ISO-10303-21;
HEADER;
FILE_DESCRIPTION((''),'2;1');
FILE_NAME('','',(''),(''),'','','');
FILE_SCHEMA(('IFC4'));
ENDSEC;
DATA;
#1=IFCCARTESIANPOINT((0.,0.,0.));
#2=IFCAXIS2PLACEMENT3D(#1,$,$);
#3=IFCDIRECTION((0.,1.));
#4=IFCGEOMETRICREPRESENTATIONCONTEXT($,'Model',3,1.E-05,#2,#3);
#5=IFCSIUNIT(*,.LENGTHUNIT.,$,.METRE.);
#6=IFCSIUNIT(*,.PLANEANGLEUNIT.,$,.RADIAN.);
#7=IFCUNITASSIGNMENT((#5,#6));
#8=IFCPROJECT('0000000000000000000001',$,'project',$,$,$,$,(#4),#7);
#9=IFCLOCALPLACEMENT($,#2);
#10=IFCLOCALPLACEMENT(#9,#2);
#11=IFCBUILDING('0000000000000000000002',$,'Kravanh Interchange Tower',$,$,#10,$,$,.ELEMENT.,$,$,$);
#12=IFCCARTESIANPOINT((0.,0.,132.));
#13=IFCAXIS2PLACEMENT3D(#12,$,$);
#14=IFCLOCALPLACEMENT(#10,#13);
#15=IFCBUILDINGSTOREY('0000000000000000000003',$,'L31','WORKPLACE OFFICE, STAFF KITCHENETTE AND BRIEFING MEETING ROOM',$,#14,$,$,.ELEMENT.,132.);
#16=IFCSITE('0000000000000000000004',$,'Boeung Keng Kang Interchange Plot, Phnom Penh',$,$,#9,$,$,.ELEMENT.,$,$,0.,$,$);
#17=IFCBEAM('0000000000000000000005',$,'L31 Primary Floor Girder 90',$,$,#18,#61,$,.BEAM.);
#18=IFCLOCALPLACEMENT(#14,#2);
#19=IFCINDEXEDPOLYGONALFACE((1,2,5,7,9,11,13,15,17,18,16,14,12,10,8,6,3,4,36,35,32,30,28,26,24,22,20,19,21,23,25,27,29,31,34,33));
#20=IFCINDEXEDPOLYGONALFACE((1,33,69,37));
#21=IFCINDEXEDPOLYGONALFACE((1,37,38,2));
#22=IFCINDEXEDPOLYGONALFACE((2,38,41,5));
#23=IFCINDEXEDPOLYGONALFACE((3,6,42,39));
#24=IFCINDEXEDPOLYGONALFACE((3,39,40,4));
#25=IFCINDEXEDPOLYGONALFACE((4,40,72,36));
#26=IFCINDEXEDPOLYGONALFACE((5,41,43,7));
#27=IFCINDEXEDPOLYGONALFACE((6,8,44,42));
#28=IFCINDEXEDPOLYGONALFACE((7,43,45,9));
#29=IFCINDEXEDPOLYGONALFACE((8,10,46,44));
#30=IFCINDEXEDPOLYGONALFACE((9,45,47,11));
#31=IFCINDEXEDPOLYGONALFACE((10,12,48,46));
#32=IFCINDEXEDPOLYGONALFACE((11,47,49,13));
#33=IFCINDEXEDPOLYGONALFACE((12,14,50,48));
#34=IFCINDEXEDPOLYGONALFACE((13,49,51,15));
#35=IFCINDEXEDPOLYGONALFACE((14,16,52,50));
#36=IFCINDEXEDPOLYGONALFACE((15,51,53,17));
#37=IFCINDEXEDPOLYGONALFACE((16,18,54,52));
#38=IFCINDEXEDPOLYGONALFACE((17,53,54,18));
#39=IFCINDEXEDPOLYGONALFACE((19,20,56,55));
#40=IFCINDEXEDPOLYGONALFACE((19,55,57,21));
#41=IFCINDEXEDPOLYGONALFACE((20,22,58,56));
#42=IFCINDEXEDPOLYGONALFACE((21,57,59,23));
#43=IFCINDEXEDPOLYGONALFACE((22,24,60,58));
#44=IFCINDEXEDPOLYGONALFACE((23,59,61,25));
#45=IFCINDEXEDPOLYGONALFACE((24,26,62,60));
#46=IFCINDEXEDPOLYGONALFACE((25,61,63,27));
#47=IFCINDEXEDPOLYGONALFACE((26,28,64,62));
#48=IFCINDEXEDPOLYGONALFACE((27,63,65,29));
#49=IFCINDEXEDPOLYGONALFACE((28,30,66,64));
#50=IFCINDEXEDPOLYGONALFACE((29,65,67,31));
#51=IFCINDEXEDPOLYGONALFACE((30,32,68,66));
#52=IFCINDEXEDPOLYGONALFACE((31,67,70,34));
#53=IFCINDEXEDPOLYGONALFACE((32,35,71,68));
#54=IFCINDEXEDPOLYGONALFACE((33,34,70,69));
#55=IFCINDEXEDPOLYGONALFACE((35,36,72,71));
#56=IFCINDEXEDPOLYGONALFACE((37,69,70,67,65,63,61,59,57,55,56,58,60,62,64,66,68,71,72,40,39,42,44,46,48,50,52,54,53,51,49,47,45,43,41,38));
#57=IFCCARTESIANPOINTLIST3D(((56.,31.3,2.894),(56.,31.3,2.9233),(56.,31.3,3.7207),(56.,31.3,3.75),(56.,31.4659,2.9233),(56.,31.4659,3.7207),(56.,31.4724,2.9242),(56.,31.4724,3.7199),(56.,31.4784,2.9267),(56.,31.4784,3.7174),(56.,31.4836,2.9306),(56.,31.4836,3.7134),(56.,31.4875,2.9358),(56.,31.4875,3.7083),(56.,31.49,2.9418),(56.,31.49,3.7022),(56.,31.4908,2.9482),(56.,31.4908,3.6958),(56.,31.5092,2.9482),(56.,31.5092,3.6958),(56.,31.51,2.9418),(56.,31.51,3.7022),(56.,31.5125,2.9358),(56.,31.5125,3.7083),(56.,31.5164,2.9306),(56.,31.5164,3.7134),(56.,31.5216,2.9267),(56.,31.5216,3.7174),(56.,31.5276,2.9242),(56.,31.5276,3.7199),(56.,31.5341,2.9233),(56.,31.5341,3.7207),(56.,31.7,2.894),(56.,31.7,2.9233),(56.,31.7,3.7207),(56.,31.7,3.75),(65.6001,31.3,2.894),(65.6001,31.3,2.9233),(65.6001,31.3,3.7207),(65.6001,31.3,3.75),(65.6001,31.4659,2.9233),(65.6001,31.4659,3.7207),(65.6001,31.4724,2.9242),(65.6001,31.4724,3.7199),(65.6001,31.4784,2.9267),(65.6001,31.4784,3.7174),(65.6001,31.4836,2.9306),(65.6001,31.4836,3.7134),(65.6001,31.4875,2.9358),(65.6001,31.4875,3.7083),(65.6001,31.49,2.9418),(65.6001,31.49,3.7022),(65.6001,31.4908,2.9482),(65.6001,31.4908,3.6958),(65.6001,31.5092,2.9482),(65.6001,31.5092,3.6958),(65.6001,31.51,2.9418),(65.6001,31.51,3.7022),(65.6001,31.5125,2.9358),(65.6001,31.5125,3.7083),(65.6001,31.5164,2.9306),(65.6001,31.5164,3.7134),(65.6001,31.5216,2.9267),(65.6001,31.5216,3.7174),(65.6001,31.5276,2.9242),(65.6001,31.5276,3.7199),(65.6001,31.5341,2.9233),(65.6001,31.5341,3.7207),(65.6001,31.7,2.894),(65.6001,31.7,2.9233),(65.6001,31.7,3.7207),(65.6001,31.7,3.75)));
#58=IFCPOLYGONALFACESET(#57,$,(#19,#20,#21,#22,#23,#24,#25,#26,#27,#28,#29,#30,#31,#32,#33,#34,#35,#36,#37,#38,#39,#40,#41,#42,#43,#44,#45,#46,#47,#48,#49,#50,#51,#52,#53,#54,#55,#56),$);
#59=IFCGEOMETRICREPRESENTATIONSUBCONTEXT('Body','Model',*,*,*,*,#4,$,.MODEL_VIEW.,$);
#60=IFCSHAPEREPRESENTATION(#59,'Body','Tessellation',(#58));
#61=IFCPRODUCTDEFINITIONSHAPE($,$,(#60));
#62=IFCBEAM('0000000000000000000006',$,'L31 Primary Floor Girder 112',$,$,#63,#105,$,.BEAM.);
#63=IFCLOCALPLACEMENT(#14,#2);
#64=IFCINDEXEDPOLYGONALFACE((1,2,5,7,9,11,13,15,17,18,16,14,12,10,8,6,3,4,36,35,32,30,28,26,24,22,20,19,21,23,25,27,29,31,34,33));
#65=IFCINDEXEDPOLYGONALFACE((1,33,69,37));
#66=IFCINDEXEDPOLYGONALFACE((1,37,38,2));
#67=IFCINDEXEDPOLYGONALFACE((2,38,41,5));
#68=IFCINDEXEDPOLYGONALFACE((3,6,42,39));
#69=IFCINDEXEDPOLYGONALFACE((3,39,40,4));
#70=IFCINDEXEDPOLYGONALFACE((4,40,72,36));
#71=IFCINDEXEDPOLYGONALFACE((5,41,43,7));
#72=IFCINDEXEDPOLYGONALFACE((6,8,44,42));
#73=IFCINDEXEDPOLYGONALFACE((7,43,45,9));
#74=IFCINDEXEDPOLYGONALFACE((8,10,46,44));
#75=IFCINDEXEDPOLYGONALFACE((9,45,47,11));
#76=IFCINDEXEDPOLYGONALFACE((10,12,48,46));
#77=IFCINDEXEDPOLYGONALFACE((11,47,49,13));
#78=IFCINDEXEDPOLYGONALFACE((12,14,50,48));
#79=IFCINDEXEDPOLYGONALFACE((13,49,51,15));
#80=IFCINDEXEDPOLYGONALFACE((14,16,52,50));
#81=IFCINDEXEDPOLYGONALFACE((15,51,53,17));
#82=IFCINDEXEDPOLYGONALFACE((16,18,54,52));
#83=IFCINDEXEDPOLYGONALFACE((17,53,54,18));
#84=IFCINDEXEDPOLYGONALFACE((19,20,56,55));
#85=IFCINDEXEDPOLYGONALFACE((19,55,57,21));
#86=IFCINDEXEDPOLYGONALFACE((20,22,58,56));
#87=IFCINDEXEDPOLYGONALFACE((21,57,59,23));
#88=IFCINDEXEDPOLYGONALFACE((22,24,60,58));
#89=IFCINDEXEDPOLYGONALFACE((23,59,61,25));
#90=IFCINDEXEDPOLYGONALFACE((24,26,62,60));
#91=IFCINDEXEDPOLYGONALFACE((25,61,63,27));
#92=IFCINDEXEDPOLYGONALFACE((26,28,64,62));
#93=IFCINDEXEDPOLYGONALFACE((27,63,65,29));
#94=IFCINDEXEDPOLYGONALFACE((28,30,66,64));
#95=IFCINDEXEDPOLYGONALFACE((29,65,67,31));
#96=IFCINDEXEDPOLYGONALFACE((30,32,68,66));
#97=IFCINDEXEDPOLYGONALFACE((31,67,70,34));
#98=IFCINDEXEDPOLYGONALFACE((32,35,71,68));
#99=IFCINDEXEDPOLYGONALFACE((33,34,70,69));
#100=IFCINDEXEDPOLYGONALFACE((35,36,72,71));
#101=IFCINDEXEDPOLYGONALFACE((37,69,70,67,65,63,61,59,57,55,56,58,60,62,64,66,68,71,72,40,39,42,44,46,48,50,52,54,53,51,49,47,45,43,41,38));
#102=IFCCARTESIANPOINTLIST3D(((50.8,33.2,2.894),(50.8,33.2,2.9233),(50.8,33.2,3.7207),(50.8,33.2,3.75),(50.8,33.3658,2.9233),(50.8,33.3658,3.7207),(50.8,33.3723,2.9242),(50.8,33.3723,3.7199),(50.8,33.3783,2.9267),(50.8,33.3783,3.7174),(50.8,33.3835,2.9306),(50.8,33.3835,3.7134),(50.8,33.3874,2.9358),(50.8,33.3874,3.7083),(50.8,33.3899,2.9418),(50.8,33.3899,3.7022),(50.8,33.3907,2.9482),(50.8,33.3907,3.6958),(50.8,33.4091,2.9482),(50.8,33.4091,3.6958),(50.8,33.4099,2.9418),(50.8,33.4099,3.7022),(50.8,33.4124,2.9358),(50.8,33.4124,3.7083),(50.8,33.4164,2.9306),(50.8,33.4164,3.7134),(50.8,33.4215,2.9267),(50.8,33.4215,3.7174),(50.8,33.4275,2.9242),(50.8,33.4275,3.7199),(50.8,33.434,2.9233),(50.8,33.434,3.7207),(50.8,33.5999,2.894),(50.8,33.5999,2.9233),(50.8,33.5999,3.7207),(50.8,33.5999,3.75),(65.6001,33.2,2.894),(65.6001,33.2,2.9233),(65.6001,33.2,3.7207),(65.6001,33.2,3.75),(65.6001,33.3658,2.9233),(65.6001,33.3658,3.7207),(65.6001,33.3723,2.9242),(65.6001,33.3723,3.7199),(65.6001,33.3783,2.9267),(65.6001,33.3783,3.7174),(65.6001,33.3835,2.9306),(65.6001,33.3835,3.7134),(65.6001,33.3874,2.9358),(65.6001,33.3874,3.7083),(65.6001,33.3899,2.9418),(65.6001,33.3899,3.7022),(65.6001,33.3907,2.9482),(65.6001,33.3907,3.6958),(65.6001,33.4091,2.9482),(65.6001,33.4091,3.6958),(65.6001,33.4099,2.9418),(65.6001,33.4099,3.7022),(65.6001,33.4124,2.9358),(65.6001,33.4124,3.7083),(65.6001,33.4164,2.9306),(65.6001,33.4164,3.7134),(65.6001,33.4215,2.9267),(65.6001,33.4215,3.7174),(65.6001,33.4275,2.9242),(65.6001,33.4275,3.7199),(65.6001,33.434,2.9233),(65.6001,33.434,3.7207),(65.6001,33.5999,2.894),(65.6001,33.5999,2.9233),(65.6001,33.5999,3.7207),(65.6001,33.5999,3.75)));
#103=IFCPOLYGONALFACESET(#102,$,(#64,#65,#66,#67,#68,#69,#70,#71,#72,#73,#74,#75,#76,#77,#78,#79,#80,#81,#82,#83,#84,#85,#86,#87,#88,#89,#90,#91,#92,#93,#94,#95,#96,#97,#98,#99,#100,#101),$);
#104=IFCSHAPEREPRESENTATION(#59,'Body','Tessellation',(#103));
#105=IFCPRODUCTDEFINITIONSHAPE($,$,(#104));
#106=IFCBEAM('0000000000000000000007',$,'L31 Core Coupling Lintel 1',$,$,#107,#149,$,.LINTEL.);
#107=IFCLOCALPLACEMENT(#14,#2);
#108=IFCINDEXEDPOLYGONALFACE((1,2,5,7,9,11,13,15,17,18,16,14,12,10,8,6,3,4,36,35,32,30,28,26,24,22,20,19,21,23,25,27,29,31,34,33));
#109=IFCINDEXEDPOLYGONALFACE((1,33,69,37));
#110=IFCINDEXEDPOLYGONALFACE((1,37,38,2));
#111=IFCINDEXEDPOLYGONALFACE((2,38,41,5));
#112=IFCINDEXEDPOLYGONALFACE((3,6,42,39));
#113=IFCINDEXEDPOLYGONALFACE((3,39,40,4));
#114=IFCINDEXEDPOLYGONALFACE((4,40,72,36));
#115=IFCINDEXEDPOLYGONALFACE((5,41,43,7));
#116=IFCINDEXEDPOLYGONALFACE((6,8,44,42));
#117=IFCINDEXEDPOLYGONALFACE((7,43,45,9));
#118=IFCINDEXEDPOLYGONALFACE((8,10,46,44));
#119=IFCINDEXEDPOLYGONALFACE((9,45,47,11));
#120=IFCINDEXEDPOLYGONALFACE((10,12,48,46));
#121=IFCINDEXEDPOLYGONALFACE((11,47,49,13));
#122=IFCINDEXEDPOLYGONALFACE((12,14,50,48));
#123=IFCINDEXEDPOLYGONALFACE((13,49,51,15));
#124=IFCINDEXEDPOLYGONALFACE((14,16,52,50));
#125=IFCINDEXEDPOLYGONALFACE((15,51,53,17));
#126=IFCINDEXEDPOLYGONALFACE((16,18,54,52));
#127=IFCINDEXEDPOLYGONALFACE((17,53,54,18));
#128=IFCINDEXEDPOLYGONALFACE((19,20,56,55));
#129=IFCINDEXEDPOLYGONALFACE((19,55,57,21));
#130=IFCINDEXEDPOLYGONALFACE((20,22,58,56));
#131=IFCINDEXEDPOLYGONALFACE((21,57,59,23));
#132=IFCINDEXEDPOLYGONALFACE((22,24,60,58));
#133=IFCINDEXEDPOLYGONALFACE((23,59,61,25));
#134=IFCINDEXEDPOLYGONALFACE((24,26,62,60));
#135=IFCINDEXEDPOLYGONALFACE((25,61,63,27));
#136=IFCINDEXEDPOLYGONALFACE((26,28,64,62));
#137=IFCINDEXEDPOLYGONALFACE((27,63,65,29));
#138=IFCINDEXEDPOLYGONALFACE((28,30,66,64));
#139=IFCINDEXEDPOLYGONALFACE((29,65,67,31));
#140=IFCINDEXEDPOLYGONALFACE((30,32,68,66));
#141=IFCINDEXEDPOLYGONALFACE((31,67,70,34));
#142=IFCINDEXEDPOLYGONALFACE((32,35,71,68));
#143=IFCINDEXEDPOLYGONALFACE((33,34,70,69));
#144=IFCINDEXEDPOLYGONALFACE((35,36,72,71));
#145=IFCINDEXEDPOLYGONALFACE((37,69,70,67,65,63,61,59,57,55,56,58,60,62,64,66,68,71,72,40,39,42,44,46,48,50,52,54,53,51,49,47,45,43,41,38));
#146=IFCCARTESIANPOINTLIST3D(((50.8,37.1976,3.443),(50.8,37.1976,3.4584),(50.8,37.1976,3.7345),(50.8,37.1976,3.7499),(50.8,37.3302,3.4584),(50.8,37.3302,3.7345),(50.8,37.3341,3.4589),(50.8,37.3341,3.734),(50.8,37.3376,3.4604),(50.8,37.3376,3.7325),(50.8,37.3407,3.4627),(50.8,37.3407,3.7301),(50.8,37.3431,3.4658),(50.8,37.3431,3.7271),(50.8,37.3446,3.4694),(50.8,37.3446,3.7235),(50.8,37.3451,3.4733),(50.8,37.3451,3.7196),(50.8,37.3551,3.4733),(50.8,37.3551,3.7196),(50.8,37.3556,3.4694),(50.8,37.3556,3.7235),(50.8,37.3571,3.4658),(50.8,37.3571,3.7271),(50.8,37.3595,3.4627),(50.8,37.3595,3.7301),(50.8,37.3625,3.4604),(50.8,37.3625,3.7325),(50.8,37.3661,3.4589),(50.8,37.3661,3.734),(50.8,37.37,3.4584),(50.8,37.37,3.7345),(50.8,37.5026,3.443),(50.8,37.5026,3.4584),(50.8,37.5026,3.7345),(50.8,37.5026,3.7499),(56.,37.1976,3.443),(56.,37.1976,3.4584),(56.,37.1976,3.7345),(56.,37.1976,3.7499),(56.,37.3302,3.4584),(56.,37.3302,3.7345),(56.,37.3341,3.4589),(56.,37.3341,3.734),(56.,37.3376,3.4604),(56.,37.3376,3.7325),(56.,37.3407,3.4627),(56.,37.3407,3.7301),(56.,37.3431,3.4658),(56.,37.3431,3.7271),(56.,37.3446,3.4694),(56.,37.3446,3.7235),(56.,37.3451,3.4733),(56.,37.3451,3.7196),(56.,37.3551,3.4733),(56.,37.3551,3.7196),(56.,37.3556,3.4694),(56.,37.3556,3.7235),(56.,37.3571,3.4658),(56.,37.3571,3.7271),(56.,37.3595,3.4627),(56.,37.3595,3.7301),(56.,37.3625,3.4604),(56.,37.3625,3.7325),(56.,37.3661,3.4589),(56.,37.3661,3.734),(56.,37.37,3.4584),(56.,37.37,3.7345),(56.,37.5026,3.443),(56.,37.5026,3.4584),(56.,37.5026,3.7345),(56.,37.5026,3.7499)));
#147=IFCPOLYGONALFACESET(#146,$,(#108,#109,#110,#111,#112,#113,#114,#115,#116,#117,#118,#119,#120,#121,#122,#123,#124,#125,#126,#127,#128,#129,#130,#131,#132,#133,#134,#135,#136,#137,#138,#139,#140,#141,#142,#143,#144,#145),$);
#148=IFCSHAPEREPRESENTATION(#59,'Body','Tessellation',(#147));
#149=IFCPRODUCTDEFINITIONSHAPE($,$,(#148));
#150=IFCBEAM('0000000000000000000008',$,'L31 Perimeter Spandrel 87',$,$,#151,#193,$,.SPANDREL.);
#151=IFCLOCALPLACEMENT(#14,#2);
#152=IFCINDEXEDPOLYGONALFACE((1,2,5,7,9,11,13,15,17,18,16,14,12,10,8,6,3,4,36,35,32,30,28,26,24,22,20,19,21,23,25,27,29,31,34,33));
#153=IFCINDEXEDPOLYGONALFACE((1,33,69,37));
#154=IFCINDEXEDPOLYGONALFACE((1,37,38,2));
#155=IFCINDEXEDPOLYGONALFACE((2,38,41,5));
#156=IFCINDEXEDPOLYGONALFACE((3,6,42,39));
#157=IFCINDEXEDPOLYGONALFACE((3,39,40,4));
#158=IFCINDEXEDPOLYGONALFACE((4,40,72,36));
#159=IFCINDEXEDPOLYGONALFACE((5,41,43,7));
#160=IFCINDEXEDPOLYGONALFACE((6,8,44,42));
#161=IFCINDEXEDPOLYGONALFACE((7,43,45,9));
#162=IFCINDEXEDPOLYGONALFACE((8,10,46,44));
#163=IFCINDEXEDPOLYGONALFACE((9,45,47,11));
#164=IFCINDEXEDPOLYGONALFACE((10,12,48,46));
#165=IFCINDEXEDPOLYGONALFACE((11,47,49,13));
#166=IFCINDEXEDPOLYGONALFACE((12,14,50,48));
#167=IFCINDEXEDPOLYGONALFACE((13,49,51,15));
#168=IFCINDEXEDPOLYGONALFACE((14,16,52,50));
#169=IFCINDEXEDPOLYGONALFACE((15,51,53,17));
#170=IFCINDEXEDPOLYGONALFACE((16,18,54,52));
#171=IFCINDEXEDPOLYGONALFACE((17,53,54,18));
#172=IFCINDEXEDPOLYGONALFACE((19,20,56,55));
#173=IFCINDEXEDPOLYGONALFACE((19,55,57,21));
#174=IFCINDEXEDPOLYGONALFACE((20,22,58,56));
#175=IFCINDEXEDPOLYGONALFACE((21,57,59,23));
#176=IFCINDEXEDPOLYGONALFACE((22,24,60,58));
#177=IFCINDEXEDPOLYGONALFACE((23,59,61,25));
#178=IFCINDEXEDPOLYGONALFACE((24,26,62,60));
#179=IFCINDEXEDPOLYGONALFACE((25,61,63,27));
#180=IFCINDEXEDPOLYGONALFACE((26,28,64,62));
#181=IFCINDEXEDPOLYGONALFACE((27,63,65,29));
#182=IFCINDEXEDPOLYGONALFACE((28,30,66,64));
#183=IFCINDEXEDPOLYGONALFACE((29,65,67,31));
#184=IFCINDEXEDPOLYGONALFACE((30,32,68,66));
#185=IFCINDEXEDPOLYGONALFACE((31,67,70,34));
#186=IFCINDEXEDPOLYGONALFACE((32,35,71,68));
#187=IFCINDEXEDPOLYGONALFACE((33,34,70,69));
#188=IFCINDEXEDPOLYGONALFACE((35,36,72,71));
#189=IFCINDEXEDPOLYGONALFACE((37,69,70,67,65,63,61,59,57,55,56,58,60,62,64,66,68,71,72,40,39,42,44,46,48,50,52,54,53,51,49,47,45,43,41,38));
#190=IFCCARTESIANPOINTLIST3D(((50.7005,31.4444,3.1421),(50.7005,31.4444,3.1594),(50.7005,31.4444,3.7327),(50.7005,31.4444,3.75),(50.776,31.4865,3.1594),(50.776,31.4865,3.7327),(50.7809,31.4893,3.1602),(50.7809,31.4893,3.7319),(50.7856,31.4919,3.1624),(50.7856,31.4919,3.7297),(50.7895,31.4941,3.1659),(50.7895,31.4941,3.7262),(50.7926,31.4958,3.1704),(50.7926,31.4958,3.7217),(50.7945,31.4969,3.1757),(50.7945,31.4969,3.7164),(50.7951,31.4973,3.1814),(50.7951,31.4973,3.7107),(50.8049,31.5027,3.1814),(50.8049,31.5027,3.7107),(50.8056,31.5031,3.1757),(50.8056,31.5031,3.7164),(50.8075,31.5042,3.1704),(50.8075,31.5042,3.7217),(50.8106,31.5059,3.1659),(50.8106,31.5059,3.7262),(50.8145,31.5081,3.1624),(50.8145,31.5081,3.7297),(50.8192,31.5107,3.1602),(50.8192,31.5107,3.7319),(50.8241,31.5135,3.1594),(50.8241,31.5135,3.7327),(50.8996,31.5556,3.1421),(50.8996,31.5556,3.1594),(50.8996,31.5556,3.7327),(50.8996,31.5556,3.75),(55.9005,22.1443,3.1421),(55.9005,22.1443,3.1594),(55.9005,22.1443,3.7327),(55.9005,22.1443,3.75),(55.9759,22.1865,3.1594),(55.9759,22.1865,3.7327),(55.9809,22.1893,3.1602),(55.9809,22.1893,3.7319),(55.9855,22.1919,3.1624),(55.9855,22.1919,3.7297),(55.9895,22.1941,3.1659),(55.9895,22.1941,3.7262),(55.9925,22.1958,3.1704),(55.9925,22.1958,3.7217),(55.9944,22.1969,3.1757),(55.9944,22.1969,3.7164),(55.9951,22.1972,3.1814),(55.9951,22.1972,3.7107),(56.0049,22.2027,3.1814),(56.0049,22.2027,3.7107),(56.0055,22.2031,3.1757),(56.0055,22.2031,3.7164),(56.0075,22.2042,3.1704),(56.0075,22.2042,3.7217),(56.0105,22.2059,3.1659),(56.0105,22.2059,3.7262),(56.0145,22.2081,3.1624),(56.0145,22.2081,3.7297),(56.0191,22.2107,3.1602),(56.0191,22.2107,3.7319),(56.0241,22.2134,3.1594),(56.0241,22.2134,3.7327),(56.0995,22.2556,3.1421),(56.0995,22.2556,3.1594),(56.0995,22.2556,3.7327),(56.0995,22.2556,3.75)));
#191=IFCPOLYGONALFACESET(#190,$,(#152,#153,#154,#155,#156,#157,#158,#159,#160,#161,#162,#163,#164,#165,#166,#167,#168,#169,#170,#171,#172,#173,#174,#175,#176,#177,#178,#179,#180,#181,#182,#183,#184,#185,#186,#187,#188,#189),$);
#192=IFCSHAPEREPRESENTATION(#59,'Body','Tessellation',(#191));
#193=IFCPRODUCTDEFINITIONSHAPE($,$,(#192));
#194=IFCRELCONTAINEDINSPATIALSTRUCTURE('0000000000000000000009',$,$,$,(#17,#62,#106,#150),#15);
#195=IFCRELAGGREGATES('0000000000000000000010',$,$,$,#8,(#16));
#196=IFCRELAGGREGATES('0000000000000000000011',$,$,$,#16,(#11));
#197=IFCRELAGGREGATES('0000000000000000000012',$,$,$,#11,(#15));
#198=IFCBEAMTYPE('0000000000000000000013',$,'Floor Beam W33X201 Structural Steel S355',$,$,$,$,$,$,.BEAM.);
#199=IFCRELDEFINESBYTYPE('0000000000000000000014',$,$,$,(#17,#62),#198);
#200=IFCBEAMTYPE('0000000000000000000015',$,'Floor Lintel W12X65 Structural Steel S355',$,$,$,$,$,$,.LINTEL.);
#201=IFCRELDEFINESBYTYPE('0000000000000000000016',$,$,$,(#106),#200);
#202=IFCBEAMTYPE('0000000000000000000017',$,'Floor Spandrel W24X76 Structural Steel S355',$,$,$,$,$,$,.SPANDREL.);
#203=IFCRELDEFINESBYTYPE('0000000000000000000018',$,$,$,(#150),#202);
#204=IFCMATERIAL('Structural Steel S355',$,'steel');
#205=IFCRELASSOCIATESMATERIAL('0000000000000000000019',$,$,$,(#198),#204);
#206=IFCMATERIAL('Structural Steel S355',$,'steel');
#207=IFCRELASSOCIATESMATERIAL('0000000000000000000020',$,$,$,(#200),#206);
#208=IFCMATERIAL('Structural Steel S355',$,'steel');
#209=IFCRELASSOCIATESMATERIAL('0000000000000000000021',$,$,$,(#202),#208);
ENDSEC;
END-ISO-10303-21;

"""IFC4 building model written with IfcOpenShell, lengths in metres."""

from ifc_helpers import new_model, si_unit, direction, frame, origin, origin_2d, place, context, subcontext, project, spatial, i_section, extrude, material, material_profile, profile_set, type_object, element, save


model = new_model("IFC4")

# Units and contexts
model_context = context("Model", 3, precision=1e-05, world=origin(), true_north=direction((0.0, 1.0)))
body_context = subcontext(model_context, "Body", "Model", "MODEL_VIEW")
ifc_project = project(units=[si_unit("LENGTHUNIT", "METRE"), si_unit("PLANEANGLEUNIT", "RADIAN")], contexts=[model_context])

# Site, building, storey
site_placement = place(None, origin())
site = spatial("IfcSite", under=ifc_project, at=site_placement, Name="Boeung Keng Kang Interchange Plot, Phnom Penh", CompositionType="ELEMENT", RefElevation=0.0)
building_placement = place(site_placement, origin())
building = spatial("IfcBuilding", under=site, at=building_placement, Name="Kravanh Interchange Tower", CompositionType="ELEMENT")
storey_placement = place(building_placement, frame((0.0, 0.0, 132.0)))
storey = spatial("IfcBuildingStorey", under=building, at=storey_placement, Name="L31", Description="WORKPLACE OFFICE, STAFF KITCHENETTE AND BRIEFING MEETING ROOM", CompositionType="ELEMENT", Elevation=132.0)

# Beams
ifc_material_1 = material(Name="Structural Steel S355", Category="steel")
ifc_material_profile_1 = material_profile(ifc_material_1, i_section(OverallWidth=0.3999, OverallDepth=0.856, WebThickness=0.0183, FlangeThickness=0.0293, FilletRadius=0.0249, at=origin_2d()), Name="W33X201")
ifc_profile_set_1 = profile_set([ifc_material_profile_1], Name="Structural Steel S355")
beam_type_1 = type_object("IfcBeamType", Name="Floor Beam W33X201 Structural Steel S355", PredefinedType="BEAM", material=ifc_profile_set_1)
beam_1_placement = place(storey_placement, frame((56.0, 31.5, 3.322), z_axis=(1.0, 0.0, 0.0), x_axis=(0.0, 1.0, 0.0)))
element("IfcBeam", 1, at=beam_1_placement, inside=storey, type_object=beam_type_1, Name="L31 Primary Floor Girder 90", PredefinedType="BEAM", context=body_context, shape_type="SweptSolid", body=[
    extrude(i_section(OverallWidth=0.3999, OverallDepth=0.856, WebThickness=0.0183, FlangeThickness=0.0293, FilletRadius=0.0249, at=origin_2d()), origin(), (0.0, 0.0, 1.0), 9.6001),
])
beam_2_placement = place(storey_placement, frame((50.8, 33.3999, 3.322), z_axis=(1.0, 0.0, 0.0), x_axis=(0.0, 1.0, 0.0)))
element("IfcBeam", 2, at=beam_2_placement, inside=storey, type_object=beam_type_1, Name="L31 Primary Floor Girder 112", PredefinedType="BEAM", context=body_context, shape_type="SweptSolid", body=[
    extrude(i_section(OverallWidth=0.3999, OverallDepth=0.856, WebThickness=0.0183, FlangeThickness=0.0293, FilletRadius=0.0249, at=origin_2d()), origin(), (0.0, 0.0, 1.0), 14.8),
])
ifc_material_2 = material(Name="Structural Steel S355", Category="steel")
ifc_material_profile_2 = material_profile(ifc_material_2, i_section(OverallWidth=0.3049, OverallDepth=0.3069, WebThickness=0.01, FlangeThickness=0.0154, FilletRadius=0.0149, at=origin_2d()), Name="W12X65")
ifc_profile_set_2 = profile_set([ifc_material_profile_2], Name="Structural Steel S355")
beam_type_2 = type_object("IfcBeamType", Name="Floor Lintel W12X65 Structural Steel S355", PredefinedType="LINTEL", material=ifc_profile_set_2)
beam_3_placement = place(storey_placement, frame((50.8, 37.3501, 3.5964), z_axis=(1.0, 0.0, 0.0), x_axis=(0.0, 1.0, 0.0)))
element("IfcBeam", 3, at=beam_3_placement, inside=storey, type_object=beam_type_2, Name="L31 Core Coupling Lintel 1", PredefinedType="LINTEL", context=body_context, shape_type="SweptSolid", body=[
    extrude(i_section(OverallWidth=0.3049, OverallDepth=0.3069, WebThickness=0.01, FlangeThickness=0.0154, FilletRadius=0.0149, at=origin_2d()), origin(), (0.0, 0.0, 1.0), 5.2),
])
ifc_material_3 = material(Name="Structural Steel S355", Category="steel")
ifc_material_profile_3 = material_profile(ifc_material_3, i_section(OverallWidth=0.228, OverallDepth=0.6079, WebThickness=0.0112, FlangeThickness=0.0173, FilletRadius=0.022, at=origin_2d()), Name="W24X76")
ifc_profile_set_3 = profile_set([ifc_material_profile_3], Name="Structural Steel S355")
beam_type_3 = type_object("IfcBeamType", Name="Floor Spandrel W24X76 Structural Steel S355", PredefinedType="SPANDREL", material=ifc_profile_set_3)
beam_4_placement = place(storey_placement, frame((50.8, 31.5, 3.446), z_axis=(0.488026, -0.872829, 0.0), x_axis=(0.872829, 0.488026, 0.0)))
element("IfcBeam", 4, at=beam_4_placement, inside=storey, type_object=beam_type_3, Name="L31 Perimeter Spandrel 87", PredefinedType="SPANDREL", context=body_context, shape_type="SweptSolid", body=[
    extrude(i_section(OverallWidth=0.228, OverallDepth=0.6079, WebThickness=0.0112, FlangeThickness=0.0173, FilletRadius=0.022, at=origin_2d()), origin(), (0.0, 0.0, 1.0), 10.655),
])

save(model, "model.ifc")
